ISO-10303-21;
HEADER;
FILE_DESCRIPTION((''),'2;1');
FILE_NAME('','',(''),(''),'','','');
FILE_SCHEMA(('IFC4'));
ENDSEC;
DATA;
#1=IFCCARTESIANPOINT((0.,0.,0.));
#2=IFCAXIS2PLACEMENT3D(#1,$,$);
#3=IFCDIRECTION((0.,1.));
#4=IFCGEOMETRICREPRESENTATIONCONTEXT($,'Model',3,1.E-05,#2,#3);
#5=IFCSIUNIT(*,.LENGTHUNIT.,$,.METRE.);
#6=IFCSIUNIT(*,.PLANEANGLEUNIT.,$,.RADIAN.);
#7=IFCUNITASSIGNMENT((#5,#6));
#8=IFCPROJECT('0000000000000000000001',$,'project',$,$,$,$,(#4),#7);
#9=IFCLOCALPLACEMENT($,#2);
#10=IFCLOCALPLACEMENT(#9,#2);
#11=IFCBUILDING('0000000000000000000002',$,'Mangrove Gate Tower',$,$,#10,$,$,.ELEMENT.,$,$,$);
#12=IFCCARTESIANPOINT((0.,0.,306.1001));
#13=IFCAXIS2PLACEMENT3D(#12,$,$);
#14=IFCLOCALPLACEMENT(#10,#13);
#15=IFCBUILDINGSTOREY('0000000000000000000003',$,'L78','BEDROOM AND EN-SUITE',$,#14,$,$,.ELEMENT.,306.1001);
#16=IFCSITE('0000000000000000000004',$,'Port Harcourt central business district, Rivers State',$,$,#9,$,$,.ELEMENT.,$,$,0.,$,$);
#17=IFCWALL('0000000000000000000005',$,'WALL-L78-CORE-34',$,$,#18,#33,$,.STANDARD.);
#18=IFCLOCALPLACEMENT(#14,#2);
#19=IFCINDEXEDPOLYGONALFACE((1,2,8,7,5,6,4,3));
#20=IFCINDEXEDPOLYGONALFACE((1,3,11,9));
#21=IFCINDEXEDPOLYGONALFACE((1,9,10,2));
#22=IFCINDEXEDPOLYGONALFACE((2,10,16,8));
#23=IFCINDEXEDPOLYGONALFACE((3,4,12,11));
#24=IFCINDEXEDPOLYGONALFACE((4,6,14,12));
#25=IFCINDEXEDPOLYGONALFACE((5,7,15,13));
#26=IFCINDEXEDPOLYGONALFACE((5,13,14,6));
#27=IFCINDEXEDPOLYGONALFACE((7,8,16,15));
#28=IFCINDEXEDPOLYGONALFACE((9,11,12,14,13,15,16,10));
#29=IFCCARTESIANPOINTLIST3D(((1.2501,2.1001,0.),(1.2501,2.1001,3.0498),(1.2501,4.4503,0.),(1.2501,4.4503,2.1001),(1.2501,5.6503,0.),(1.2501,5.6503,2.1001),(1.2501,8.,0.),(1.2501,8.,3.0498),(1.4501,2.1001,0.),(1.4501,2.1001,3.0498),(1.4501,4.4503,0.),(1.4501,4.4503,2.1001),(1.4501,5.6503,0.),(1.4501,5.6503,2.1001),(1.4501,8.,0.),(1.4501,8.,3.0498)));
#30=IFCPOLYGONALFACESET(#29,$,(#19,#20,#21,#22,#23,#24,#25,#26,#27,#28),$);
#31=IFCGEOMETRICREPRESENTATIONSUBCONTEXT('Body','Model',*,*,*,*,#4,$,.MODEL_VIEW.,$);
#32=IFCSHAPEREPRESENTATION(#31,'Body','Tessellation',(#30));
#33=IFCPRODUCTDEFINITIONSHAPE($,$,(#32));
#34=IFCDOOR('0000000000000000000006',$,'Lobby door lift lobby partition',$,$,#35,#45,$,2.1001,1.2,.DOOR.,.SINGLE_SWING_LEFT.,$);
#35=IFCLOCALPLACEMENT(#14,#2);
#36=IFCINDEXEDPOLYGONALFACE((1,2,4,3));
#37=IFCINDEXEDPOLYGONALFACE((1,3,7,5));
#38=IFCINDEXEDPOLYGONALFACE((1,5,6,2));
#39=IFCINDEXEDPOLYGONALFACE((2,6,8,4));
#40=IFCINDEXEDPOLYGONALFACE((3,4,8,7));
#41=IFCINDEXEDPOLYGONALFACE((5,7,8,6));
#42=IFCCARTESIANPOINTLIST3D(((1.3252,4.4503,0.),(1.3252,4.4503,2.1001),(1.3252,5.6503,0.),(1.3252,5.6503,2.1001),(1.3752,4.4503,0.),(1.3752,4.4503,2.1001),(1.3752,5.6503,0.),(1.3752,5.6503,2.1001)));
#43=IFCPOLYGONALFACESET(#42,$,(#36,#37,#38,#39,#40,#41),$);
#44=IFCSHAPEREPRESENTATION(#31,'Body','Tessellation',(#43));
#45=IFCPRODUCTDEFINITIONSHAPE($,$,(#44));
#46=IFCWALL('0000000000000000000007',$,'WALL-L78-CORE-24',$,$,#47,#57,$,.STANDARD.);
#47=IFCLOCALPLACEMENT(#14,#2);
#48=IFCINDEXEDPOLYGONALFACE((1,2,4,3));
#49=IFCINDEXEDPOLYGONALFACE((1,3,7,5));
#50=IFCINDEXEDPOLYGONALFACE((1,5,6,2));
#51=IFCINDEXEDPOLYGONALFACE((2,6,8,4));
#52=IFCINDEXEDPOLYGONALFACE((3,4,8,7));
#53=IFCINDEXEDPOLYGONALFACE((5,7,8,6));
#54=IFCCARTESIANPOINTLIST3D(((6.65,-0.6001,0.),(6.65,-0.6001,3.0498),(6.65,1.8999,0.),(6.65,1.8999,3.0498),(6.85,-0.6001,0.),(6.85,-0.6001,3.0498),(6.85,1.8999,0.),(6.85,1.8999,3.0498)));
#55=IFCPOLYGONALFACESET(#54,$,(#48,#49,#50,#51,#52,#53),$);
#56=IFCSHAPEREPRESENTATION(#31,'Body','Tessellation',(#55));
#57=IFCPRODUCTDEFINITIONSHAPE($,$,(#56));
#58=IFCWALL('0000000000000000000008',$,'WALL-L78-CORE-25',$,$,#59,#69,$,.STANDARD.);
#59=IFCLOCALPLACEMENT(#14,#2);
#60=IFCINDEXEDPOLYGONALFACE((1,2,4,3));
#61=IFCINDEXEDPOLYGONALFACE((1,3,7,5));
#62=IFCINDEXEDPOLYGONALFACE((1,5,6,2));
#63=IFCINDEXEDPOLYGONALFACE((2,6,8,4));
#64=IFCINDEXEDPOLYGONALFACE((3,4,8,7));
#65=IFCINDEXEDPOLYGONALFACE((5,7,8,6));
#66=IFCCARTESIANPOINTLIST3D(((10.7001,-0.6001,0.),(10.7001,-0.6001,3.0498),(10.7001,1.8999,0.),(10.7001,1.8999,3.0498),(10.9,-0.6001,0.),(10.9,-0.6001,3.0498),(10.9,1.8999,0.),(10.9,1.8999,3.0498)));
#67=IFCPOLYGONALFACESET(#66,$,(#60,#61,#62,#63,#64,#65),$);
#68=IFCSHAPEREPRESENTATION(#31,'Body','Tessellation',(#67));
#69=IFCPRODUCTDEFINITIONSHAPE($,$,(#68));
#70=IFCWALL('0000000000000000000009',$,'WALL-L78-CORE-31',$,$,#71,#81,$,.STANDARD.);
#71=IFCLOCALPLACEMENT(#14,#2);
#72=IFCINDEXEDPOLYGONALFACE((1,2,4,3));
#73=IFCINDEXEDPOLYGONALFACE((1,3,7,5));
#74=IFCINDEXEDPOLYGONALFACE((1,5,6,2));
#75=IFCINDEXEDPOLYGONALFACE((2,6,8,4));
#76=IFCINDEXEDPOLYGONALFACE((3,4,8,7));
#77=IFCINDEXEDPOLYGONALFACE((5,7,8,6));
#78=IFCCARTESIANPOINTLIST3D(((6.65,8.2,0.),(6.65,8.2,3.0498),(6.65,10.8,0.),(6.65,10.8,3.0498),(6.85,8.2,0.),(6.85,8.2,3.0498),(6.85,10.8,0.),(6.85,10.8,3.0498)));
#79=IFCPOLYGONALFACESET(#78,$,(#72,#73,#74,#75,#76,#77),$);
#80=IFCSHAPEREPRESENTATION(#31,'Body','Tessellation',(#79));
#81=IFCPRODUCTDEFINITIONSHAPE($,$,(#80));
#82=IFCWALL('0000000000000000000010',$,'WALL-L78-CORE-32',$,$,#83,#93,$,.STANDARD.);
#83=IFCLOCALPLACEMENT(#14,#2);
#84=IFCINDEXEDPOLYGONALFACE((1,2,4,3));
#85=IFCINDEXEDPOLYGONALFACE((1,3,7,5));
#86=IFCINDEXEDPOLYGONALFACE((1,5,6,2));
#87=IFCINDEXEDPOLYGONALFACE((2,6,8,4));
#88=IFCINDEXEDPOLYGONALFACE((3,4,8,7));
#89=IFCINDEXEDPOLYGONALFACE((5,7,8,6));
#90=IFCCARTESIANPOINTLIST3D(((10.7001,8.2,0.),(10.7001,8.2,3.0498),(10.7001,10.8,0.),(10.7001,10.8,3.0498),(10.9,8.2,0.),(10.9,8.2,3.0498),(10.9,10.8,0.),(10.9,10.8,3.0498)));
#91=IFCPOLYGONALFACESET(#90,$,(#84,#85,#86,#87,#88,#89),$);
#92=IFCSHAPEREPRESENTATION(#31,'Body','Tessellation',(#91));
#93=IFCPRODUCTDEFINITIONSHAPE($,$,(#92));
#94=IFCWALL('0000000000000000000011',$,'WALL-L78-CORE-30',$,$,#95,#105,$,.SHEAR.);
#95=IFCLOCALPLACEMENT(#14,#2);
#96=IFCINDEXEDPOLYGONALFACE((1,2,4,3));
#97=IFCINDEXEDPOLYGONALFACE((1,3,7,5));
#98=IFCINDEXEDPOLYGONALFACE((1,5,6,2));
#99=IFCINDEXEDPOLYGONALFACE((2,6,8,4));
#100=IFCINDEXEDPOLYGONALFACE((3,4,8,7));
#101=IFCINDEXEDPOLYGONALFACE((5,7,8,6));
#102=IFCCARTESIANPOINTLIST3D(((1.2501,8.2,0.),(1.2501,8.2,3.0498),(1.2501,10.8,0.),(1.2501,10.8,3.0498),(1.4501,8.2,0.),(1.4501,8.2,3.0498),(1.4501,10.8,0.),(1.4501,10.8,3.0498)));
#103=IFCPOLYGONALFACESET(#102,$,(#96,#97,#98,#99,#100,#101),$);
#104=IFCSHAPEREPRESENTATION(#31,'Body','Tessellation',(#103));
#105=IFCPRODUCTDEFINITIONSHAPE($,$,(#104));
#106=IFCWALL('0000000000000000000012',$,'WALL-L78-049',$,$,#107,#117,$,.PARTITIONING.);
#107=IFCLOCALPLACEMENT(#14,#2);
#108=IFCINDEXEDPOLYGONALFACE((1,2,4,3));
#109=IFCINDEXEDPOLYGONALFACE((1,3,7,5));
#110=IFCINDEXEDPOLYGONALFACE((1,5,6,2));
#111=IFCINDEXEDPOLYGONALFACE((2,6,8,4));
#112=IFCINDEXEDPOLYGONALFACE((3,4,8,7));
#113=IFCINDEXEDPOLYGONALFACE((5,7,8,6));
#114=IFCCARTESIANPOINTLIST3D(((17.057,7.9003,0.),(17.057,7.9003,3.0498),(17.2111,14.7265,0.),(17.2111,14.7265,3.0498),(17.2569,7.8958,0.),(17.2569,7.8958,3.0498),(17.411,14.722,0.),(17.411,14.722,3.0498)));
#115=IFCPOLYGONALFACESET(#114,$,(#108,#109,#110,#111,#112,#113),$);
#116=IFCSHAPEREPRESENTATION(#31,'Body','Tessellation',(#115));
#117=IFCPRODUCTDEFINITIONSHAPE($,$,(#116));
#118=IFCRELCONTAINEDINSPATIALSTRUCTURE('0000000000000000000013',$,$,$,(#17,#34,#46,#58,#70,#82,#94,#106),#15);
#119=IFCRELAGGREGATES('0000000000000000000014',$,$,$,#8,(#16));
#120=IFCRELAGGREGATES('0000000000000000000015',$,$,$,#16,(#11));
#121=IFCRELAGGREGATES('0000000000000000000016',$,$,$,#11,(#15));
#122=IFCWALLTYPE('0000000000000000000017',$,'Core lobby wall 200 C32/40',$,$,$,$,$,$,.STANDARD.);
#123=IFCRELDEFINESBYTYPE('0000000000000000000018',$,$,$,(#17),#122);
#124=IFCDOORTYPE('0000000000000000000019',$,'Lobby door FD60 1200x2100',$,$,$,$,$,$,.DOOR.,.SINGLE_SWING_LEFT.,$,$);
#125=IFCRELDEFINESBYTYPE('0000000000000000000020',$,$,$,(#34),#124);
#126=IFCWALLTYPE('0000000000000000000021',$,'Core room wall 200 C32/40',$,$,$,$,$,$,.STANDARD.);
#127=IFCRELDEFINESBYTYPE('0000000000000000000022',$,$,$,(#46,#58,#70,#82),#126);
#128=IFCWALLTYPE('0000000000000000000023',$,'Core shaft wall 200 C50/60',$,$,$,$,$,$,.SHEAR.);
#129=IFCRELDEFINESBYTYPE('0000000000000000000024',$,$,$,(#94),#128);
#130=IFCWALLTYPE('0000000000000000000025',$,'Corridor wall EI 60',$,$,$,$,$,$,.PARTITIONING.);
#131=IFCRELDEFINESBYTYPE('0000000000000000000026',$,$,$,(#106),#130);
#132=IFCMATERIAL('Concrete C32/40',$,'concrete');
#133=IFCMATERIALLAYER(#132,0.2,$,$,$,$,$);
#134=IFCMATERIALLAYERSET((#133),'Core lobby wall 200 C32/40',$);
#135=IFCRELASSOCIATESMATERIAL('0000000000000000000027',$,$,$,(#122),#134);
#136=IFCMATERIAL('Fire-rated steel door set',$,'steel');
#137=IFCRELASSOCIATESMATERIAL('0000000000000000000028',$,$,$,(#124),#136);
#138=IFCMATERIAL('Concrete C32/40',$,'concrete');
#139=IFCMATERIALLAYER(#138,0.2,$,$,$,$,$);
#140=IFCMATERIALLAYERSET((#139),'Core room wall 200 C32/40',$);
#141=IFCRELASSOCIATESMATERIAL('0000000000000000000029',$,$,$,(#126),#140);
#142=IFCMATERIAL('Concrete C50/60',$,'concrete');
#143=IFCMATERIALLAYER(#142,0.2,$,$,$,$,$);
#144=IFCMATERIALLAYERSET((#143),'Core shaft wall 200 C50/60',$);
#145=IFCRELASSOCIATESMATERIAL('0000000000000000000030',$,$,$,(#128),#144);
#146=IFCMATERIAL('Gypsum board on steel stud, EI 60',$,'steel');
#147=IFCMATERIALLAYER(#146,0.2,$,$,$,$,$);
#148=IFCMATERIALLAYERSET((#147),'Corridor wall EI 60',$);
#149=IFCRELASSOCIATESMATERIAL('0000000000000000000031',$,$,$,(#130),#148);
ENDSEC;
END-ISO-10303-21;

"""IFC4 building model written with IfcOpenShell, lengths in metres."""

from ifc_helpers import new_model, si_unit, direction, frame, frame_2d, origin, place, context, subcontext, project, spatial, rectangle, extrude, material, layer, layer_set, type_object, element, fill, save


model = new_model("IFC4")

# Units and contexts
model_context = context("Model", 3, precision=1e-05, world=origin(), true_north=direction((0.0, 1.0)))
body_context = subcontext(model_context, "Body", "Model", "MODEL_VIEW")
ifc_project = project(units=[si_unit("LENGTHUNIT", "METRE"), si_unit("PLANEANGLEUNIT", "RADIAN")], contexts=[model_context])

# Site, building, storey
site_placement = place(None, origin())
site = spatial("IfcSite", under=ifc_project, at=site_placement, Name="Port Harcourt central business district, Rivers State", CompositionType="ELEMENT", RefElevation=0.0)
building_placement = place(site_placement, origin())
building = spatial("IfcBuilding", under=site, at=building_placement, Name="Mangrove Gate Tower", CompositionType="ELEMENT")
storey_placement = place(building_placement, frame((0.0, 0.0, 306.1001)))
storey = spatial("IfcBuildingStorey", under=building, at=storey_placement, Name="L78", Description="BEDROOM AND EN-SUITE", CompositionType="ELEMENT", Elevation=306.1001)

# Wall, opening, door
ifc_material_1 = material(Name="Concrete C32/40", Category="concrete")
ifc_layer_1 = layer(ifc_material_1, 0.2)
ifc_layer_set_1 = layer_set([ifc_layer_1], Name="Core lobby wall 200 C32/40")
wall_type_1 = type_object("IfcWallType", Name="Core lobby wall 200 C32/40", PredefinedType="STANDARD", material=ifc_layer_set_1)
wall_1_placement = place(storey_placement, frame((1.3501, 2.1001, 0.0), z_axis=(0.0, 0.0, 1.0), x_axis=(0.0, 1.0, 0.0)))
wall_1 = element("IfcWall", 1, at=wall_1_placement, inside=storey, type_object=wall_type_1, Name="WALL-L78-CORE-34", PredefinedType="STANDARD", context=body_context, shape_type="SweptSolid", body=[
    extrude(rectangle(XDim=5.8999, YDim=0.2, at=frame_2d((2.95, 0.0))), origin(), (0.0, 0.0, 1.0), 3.0498),
])
opening_placement = place(wall_1_placement, frame((2.3501, 0.0, 0.0)))
opening = element("IfcOpeningElement", 2, at=opening_placement, cuts=wall_1, PredefinedType="OPENING", context=body_context, shape_type="SweptSolid", body=[
    extrude(rectangle(XDim=1.2, YDim=2.1001, at=frame_2d((0.6001, 1.05))), frame((0.0, 0.1099, 0.0), z_axis=(0.0, -1.0, 0.0), x_axis=(1.0, 0.0, 0.0)), (0.0, 0.0, 1.0), 0.22),
])
ifc_material_2 = material(Name="Fire-rated steel door set", Category="steel")
door_type = type_object("IfcDoorType", Name="Lobby door FD60 1200x2100", OperationType="SINGLE_SWING_LEFT", PredefinedType="DOOR", material=ifc_material_2)
door_placement = place(opening_placement, origin())
door = element("IfcDoor", 3, at=door_placement, inside=storey, type_object=door_type, Name="Lobby door lift lobby partition", OperationType="SINGLE_SWING_LEFT", OverallHeight=2.1001, OverallWidth=1.2, PredefinedType="DOOR", context=body_context, shape_type="SweptSolid", body=[
    extrude(rectangle(XDim=1.2, YDim=2.1001, at=frame_2d((0.6001, 1.05))), frame((0.0, 0.0249, 0.0), z_axis=(0.0, -1.0, 0.0), x_axis=(1.0, 0.0, 0.0)), (0.0, 0.0, 1.0), 0.05),
])
fill(opening, door)

# Walls
ifc_material_3 = material(Name="Concrete C32/40", Category="concrete")
ifc_layer_2 = layer(ifc_material_3, 0.2)
ifc_layer_set_2 = layer_set([ifc_layer_2], Name="Core room wall 200 C32/40")
wall_type_2 = type_object("IfcWallType", Name="Core room wall 200 C32/40", PredefinedType="STANDARD", material=ifc_layer_set_2)
for number, where, z_axis, x_axis, name in (
    (4, (6.75, -0.6001, 0.0), (0.0, 0.0, 1.0), (0.0, 1.0, 0.0), "WALL-L78-CORE-24"),
    (5, (10.8, -0.6001, 0.0), (0.0, 0.0, 1.0), (0.0, 1.0, 0.0), "WALL-L78-CORE-25"),
):
    element("IfcWall", number, at=place(storey_placement, frame(where, z_axis=z_axis, x_axis=x_axis)), inside=storey, type_object=wall_type_2, Name=name, PredefinedType="STANDARD", context=body_context, shape_type="SweptSolid", body=[
        extrude(rectangle(XDim=2.5, YDim=0.2, at=frame_2d((1.25, 0.0))), origin(), (0.0, 0.0, 1.0), 3.0498),
    ])
for number, where, z_axis, x_axis, name in (
    (6, (6.75, 8.2, 0.0), (0.0, 0.0, 1.0), (0.0, 1.0, 0.0), "WALL-L78-CORE-31"),
    (7, (10.8, 8.2, 0.0), (0.0, 0.0, 1.0), (0.0, 1.0, 0.0), "WALL-L78-CORE-32"),
):
    element("IfcWall", number, at=place(storey_placement, frame(where, z_axis=z_axis, x_axis=x_axis)), inside=storey, type_object=wall_type_2, Name=name, PredefinedType="STANDARD", context=body_context, shape_type="SweptSolid", body=[
        extrude(rectangle(XDim=2.6001, YDim=0.2, at=frame_2d((1.3, 0.0))), origin(), (0.0, 0.0, 1.0), 3.0498),
    ])
ifc_material_4 = material(Name="Concrete C50/60", Category="concrete")
ifc_layer_3 = layer(ifc_material_4, 0.2)
ifc_layer_set_3 = layer_set([ifc_layer_3], Name="Core shaft wall 200 C50/60")
wall_type_3 = type_object("IfcWallType", Name="Core shaft wall 200 C50/60", PredefinedType="SHEAR", material=ifc_layer_set_3)
wall_2_placement = place(storey_placement, frame((1.3501, 8.2, 0.0), z_axis=(0.0, 0.0, 1.0), x_axis=(0.0, 1.0, 0.0)))
element("IfcWall", 8, at=wall_2_placement, inside=storey, type_object=wall_type_3, Name="WALL-L78-CORE-30", PredefinedType="SHEAR", context=body_context, shape_type="SweptSolid", body=[
    extrude(rectangle(XDim=2.6001, YDim=0.2, at=frame_2d((1.3, 0.0))), origin(), (0.0, 0.0, 1.0), 3.0498),
])
ifc_material_5 = material(Name="Gypsum board on steel stud, EI 60", Category="steel")
ifc_layer_4 = layer(ifc_material_5, 0.2)
ifc_layer_set_4 = layer_set([ifc_layer_4], Name="Corridor wall EI 60")
wall_type_4 = type_object("IfcWallType", Name="Corridor wall EI 60", PredefinedType="PARTITIONING", material=ifc_layer_set_4)
wall_3_placement = place(storey_placement, frame((17.157, 7.8979, 0.0), z_axis=(0.0, 0.0, 1.0), x_axis=(0.022562, 0.999745, 0.0)))
element("IfcWall", 9, at=wall_3_placement, inside=storey, type_object=wall_type_4, Name="WALL-L78-049", PredefinedType="PARTITIONING", context=body_context, shape_type="SweptSolid", body=[
    extrude(rectangle(XDim=6.8279, YDim=0.2, at=frame_2d((3.4141, 0.0))), origin(), (0.0, 0.0, 1.0), 3.0498),
])

save(model, "model.ifc")
